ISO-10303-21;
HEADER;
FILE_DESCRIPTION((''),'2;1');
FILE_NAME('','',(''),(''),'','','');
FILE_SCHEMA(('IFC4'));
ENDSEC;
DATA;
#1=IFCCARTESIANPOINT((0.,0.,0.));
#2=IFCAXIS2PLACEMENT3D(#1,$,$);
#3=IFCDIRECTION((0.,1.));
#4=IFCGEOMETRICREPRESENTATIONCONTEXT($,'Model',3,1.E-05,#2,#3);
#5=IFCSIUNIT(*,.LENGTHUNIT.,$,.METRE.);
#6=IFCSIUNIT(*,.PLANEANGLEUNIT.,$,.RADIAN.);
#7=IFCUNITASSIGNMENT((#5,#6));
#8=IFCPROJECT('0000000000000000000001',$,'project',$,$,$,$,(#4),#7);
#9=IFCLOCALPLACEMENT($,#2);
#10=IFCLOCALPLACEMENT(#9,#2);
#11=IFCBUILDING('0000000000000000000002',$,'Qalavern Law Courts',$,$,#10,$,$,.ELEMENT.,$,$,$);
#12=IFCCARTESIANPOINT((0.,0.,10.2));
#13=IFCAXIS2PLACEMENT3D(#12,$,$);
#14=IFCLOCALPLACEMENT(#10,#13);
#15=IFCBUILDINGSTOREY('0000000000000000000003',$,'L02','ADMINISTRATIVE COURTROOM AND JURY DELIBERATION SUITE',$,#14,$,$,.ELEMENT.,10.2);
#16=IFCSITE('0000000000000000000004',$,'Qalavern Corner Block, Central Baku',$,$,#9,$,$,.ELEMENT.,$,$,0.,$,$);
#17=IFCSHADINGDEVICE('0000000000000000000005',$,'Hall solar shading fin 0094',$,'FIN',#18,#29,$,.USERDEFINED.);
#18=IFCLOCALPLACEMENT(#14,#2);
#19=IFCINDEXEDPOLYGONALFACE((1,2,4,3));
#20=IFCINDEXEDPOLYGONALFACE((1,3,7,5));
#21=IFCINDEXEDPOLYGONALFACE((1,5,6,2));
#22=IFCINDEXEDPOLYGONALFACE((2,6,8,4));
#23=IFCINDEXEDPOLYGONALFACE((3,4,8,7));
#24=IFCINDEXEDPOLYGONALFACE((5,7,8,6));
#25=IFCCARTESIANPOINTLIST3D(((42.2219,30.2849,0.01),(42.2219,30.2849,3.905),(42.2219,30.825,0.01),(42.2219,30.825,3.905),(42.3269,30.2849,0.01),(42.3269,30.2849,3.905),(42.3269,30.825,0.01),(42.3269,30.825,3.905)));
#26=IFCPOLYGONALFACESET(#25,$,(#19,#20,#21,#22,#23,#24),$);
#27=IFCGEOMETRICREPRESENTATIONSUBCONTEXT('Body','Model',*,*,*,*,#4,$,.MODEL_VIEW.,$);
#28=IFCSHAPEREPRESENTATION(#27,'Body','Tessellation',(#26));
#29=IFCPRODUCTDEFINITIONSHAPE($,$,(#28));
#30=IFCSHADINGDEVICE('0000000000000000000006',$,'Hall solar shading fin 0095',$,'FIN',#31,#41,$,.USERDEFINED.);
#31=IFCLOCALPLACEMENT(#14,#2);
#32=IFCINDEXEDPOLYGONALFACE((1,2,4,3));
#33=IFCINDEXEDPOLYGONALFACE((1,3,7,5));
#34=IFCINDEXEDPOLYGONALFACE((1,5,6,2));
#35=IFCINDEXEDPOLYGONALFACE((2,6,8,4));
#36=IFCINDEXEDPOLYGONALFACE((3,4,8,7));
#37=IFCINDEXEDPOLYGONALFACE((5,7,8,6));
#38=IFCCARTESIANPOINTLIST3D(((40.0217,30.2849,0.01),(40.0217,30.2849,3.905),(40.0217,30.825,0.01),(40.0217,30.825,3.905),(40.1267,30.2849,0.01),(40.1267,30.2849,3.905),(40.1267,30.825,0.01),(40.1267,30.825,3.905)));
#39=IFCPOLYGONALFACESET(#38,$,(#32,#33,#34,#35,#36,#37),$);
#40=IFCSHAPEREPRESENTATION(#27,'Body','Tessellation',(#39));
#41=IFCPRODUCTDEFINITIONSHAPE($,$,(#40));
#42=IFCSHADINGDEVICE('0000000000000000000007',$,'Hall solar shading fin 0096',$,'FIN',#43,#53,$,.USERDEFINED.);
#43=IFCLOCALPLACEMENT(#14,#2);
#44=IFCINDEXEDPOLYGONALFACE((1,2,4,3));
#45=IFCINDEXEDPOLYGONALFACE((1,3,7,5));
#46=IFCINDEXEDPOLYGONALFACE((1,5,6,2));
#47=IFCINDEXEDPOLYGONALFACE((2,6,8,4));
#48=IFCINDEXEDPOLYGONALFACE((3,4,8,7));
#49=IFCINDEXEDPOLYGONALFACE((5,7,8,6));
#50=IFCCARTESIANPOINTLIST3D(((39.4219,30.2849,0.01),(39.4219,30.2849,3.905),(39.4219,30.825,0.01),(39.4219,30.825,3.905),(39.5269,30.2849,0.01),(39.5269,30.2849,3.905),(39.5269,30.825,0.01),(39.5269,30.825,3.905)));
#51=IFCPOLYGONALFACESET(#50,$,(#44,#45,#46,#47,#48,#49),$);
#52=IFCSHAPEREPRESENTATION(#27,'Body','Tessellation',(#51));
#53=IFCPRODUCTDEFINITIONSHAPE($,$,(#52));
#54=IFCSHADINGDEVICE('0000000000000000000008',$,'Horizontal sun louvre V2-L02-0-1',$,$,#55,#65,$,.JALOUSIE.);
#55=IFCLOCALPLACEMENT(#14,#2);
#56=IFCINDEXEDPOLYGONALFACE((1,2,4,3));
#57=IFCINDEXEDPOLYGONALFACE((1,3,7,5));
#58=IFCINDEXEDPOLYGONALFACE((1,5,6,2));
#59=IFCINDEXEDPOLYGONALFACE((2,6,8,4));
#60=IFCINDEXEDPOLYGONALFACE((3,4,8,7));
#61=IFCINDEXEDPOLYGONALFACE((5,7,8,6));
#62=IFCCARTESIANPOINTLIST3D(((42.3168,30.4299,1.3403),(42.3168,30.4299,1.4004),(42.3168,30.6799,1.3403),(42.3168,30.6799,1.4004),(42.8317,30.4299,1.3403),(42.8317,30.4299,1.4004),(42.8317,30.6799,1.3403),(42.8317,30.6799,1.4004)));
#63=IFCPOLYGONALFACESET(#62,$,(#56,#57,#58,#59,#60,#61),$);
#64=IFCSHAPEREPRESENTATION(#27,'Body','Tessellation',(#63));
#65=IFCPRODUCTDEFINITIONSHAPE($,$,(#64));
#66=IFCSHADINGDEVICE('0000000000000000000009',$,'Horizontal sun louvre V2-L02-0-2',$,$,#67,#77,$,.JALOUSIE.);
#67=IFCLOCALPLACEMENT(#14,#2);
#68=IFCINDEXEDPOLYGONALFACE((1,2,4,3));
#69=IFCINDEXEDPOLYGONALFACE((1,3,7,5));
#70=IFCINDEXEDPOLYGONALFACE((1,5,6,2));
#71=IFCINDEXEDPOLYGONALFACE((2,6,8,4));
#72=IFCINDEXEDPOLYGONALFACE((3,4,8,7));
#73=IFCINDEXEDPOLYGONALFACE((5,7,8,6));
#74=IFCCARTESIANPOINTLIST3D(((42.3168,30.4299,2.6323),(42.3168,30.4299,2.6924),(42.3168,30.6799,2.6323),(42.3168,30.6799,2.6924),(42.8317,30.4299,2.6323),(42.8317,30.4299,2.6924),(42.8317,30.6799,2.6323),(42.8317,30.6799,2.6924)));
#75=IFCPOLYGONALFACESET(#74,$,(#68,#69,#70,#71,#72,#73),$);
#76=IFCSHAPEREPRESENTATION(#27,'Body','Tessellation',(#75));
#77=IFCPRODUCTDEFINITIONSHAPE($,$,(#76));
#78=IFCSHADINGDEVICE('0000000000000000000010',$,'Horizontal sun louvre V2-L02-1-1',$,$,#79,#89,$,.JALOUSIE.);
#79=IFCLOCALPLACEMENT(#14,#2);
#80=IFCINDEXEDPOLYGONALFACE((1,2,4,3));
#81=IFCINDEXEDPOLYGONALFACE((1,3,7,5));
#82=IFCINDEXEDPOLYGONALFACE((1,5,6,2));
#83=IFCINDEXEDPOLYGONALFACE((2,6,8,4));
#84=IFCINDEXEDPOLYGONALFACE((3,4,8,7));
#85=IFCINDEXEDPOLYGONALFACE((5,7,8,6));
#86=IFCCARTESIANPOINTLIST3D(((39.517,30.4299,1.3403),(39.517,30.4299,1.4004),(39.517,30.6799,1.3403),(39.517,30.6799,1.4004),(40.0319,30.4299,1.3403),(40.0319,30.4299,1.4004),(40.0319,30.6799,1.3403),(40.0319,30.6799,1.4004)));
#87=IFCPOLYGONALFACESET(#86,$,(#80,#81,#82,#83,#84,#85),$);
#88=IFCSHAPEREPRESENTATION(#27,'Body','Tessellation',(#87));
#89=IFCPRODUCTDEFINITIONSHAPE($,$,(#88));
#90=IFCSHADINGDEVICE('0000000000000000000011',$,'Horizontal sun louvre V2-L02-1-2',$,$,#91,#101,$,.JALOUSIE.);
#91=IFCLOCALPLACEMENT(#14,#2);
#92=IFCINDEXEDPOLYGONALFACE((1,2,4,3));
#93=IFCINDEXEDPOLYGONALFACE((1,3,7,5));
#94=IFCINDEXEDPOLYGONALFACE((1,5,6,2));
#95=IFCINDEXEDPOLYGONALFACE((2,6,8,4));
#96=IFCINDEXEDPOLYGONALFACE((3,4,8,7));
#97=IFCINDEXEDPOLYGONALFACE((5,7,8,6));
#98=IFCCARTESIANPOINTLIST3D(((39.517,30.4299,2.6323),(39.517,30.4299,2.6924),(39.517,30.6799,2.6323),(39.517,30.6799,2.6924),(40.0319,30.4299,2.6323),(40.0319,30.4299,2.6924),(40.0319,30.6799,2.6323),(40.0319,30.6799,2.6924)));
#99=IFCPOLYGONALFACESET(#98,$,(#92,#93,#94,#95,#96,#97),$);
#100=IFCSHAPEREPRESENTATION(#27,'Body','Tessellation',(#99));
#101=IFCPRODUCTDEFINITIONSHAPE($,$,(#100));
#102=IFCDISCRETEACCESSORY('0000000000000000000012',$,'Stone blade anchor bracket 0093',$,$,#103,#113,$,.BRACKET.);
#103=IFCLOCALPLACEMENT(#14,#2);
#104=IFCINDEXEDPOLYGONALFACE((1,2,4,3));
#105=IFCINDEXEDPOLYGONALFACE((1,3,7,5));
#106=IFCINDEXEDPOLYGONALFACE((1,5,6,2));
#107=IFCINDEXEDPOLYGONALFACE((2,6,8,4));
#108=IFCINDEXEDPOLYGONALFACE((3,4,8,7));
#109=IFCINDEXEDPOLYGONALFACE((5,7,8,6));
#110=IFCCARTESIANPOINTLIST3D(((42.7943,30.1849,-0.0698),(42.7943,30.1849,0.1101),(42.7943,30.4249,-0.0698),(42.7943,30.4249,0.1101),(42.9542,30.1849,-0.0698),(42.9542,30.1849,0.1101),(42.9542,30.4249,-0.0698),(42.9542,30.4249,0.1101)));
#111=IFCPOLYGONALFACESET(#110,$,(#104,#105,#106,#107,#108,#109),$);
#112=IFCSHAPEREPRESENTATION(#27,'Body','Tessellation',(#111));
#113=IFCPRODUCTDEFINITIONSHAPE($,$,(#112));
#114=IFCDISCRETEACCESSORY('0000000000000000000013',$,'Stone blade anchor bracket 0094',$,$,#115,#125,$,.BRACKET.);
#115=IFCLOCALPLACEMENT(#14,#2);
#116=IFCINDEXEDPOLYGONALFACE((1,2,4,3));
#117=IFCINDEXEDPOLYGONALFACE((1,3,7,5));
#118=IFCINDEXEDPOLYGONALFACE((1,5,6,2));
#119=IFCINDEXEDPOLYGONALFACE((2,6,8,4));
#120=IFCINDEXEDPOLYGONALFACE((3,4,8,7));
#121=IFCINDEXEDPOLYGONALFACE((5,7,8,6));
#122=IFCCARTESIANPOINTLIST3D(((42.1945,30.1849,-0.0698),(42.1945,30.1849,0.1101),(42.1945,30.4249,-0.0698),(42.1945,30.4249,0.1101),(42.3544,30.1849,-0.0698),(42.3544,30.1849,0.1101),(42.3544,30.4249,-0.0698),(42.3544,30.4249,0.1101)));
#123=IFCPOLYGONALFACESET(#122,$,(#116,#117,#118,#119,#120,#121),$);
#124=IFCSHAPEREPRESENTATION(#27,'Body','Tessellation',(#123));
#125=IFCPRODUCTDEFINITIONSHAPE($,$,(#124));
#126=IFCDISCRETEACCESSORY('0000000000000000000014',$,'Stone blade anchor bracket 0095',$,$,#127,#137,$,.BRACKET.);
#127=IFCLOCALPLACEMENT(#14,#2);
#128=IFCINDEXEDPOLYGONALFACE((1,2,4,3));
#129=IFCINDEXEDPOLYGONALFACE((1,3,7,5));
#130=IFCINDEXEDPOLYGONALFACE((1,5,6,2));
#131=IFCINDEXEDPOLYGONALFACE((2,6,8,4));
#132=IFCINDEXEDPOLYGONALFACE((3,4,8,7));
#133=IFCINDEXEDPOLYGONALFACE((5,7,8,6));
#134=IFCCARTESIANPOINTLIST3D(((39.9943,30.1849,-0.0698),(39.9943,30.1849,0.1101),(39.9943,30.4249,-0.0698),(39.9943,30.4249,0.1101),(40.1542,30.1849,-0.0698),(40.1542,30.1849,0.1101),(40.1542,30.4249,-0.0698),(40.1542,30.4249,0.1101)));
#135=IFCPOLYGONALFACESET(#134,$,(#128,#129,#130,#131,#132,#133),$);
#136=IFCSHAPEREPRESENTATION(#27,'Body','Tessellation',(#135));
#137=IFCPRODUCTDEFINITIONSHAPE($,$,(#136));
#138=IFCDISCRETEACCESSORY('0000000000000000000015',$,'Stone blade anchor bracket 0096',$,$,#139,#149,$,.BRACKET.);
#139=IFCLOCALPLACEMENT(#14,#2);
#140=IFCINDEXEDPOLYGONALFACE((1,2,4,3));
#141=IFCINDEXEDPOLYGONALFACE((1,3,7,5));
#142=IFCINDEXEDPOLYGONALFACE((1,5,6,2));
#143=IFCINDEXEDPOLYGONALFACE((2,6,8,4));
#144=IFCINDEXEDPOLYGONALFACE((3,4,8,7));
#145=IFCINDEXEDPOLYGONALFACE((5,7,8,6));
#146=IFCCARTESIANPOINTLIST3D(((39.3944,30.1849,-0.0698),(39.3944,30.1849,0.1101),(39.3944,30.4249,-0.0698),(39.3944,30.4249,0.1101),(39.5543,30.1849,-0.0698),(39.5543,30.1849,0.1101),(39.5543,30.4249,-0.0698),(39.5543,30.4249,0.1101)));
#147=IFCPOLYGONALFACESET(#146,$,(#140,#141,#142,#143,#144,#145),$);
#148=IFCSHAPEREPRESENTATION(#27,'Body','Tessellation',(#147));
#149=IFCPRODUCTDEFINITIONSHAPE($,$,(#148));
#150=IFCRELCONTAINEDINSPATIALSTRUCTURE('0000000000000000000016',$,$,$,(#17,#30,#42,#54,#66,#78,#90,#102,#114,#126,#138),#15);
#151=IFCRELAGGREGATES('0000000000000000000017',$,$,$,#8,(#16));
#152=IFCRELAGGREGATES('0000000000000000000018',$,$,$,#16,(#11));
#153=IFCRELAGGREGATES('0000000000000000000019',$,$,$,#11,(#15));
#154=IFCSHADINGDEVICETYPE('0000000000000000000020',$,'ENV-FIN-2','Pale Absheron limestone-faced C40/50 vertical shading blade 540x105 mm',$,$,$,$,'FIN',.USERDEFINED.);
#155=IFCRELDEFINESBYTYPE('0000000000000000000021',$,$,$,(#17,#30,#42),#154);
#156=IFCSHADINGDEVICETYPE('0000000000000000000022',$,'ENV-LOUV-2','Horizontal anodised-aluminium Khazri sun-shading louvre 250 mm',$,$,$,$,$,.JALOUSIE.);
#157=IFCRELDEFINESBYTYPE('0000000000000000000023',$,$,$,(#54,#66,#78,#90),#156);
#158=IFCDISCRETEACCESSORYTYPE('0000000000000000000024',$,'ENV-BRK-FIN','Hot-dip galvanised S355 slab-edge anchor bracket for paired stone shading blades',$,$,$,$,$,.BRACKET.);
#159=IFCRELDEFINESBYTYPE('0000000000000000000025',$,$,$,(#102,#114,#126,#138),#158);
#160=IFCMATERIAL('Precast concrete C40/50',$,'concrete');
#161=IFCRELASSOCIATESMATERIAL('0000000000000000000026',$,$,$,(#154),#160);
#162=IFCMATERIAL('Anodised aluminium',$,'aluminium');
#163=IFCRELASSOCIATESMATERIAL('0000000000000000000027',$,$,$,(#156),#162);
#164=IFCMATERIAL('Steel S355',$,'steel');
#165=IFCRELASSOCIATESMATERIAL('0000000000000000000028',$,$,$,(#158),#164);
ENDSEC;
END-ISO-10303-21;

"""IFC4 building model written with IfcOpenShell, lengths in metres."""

from ifc_helpers import new_model, si_unit, direction, frame, origin, origin_2d, place, context, subcontext, project, spatial, rectangle, extrude, material, type_object, element, save


model = new_model("IFC4")

# Units and contexts
model_context = context("Model", 3, precision=1e-05, world=origin(), true_north=direction((0.0, 1.0)))
body_context = subcontext(model_context, "Body", "Model", "MODEL_VIEW")
ifc_project = project(units=[si_unit("LENGTHUNIT", "METRE"), si_unit("PLANEANGLEUNIT", "RADIAN")], contexts=[model_context])

# Site, building, storey
site_placement = place(None, origin())
site = spatial("IfcSite", under=ifc_project, at=site_placement, Name="Qalavern Corner Block, Central Baku", CompositionType="ELEMENT", RefElevation=0.0)
building_placement = place(site_placement, origin())
building = spatial("IfcBuilding", under=site, at=building_placement, Name="Qalavern Law Courts", CompositionType="ELEMENT")
storey_placement = place(building_placement, frame((0.0, 0.0, 10.2)))
storey = spatial("IfcBuildingStorey", under=building, at=storey_placement, Name="L02", Description="ADMINISTRATIVE COURTROOM AND JURY DELIBERATION SUITE", CompositionType="ELEMENT", Elevation=10.2)

# Shared definitions
ifc_material_1 = material(Name="Anodised aluminium", Category="aluminium")

# Shared definitions
ifc_material_2 = material(Name="Precast concrete C40/50", Category="concrete")

# Shading devices
shading_device_type_1 = type_object("IfcShadingDeviceType", Name="ENV-FIN-2", Description="Pale Absheron limestone-faced C40/50 vertical shading blade 540x105 mm", ElementType="FIN", PredefinedType="USERDEFINED", material=ifc_material_2)
for number, where, z_axis, x_axis, name in (
    (1, (42.2744, 30.5549, 0.01), (0.0, 0.0, 1.0), (0.0, 1.0, 0.0), "Hall solar shading fin 0094"),
    (2, (40.0742, 30.5549, 0.01), (0.0, 0.0, 1.0), (0.0, 1.0, 0.0), "Hall solar shading fin 0095"),
    (3, (39.4744, 30.5549, 0.01), (0.0, 0.0, 1.0), (0.0, 1.0, 0.0), "Hall solar shading fin 0096"),
):
    element("IfcShadingDevice", number, at=place(storey_placement, frame(where, z_axis=z_axis, x_axis=x_axis)), inside=storey, type_object=shading_device_type_1, Name=name, ObjectType="FIN", PredefinedType="USERDEFINED", context=body_context, shape_type="SweptSolid", body=[
        extrude(rectangle(XDim=0.54, YDim=0.105, at=origin_2d()), origin(), (0.0, 0.0, 1.0), 3.895),
    ])
shading_device_type_2 = type_object("IfcShadingDeviceType", Name="ENV-LOUV-2", Description="Horizontal anodised-aluminium Khazri sun-shading louvre 250 mm", PredefinedType="JALOUSIE", material=ifc_material_1)
for number, where, z_axis, x_axis, name in (
    (4, (42.5742, 30.5549, 1.3403), (0.0, 0.0, 1.0), (-1.0, 0.0, 0.0), "Horizontal sun louvre V2-L02-0-1"),
    (5, (42.5742, 30.5549, 2.6323), (0.0, 0.0, 1.0), (-1.0, 0.0, 0.0), "Horizontal sun louvre V2-L02-0-2"),
    (6, (39.7744, 30.5549, 1.3403), (0.0, 0.0, 1.0), (-1.0, 0.0, 0.0), "Horizontal sun louvre V2-L02-1-1"),
    (7, (39.7744, 30.5549, 2.6323), (0.0, 0.0, 1.0), (-1.0, 0.0, 0.0), "Horizontal sun louvre V2-L02-1-2"),
):
    element("IfcShadingDevice", number, at=place(storey_placement, frame(where, z_axis=z_axis, x_axis=x_axis)), inside=storey, type_object=shading_device_type_2, Name=name, PredefinedType="JALOUSIE", context=body_context, shape_type="SweptSolid", body=[
        extrude(rectangle(XDim=0.5149, YDim=0.25, at=origin_2d()), origin(), (0.0, 0.0, 1.0), 0.0601),
    ])

# Discrete accessories
ifc_material_3 = material(Name="Steel S355", Category="steel")
discrete_accessory_type = type_object("IfcDiscreteAccessoryType", Name="ENV-BRK-FIN", Description="Hot-dip galvanised S355 slab-edge anchor bracket for paired stone shading blades", PredefinedType="BRACKET", material=ifc_material_3)
for number, where, z_axis, x_axis, name in (
    (8, (42.8743, 30.3049, -0.0698), (0.0, 0.0, 1.0), (0.0, 1.0, 0.0), "Stone blade anchor bracket 0093"),
    (9, (42.2744, 30.3049, -0.0698), (0.0, 0.0, 1.0), (0.0, 1.0, 0.0), "Stone blade anchor bracket 0094"),
    (10, (40.0742, 30.3049, -0.0698), (0.0, 0.0, 1.0), (0.0, 1.0, 0.0), "Stone blade anchor bracket 0095"),
    (11, (39.4744, 30.3049, -0.0698), (0.0, 0.0, 1.0), (0.0, 1.0, 0.0), "Stone blade anchor bracket 0096"),
):
    element("IfcDiscreteAccessory", number, at=place(storey_placement, frame(where, z_axis=z_axis, x_axis=x_axis)), inside=storey, type_object=discrete_accessory_type, Name=name, PredefinedType="BRACKET", context=body_context, shape_type="SweptSolid", body=[
        extrude(rectangle(XDim=0.24, YDim=0.1599, at=origin_2d()), origin(), (0.0, 0.0, 1.0), 0.1799),
    ])

save(model, "model.ifc")
